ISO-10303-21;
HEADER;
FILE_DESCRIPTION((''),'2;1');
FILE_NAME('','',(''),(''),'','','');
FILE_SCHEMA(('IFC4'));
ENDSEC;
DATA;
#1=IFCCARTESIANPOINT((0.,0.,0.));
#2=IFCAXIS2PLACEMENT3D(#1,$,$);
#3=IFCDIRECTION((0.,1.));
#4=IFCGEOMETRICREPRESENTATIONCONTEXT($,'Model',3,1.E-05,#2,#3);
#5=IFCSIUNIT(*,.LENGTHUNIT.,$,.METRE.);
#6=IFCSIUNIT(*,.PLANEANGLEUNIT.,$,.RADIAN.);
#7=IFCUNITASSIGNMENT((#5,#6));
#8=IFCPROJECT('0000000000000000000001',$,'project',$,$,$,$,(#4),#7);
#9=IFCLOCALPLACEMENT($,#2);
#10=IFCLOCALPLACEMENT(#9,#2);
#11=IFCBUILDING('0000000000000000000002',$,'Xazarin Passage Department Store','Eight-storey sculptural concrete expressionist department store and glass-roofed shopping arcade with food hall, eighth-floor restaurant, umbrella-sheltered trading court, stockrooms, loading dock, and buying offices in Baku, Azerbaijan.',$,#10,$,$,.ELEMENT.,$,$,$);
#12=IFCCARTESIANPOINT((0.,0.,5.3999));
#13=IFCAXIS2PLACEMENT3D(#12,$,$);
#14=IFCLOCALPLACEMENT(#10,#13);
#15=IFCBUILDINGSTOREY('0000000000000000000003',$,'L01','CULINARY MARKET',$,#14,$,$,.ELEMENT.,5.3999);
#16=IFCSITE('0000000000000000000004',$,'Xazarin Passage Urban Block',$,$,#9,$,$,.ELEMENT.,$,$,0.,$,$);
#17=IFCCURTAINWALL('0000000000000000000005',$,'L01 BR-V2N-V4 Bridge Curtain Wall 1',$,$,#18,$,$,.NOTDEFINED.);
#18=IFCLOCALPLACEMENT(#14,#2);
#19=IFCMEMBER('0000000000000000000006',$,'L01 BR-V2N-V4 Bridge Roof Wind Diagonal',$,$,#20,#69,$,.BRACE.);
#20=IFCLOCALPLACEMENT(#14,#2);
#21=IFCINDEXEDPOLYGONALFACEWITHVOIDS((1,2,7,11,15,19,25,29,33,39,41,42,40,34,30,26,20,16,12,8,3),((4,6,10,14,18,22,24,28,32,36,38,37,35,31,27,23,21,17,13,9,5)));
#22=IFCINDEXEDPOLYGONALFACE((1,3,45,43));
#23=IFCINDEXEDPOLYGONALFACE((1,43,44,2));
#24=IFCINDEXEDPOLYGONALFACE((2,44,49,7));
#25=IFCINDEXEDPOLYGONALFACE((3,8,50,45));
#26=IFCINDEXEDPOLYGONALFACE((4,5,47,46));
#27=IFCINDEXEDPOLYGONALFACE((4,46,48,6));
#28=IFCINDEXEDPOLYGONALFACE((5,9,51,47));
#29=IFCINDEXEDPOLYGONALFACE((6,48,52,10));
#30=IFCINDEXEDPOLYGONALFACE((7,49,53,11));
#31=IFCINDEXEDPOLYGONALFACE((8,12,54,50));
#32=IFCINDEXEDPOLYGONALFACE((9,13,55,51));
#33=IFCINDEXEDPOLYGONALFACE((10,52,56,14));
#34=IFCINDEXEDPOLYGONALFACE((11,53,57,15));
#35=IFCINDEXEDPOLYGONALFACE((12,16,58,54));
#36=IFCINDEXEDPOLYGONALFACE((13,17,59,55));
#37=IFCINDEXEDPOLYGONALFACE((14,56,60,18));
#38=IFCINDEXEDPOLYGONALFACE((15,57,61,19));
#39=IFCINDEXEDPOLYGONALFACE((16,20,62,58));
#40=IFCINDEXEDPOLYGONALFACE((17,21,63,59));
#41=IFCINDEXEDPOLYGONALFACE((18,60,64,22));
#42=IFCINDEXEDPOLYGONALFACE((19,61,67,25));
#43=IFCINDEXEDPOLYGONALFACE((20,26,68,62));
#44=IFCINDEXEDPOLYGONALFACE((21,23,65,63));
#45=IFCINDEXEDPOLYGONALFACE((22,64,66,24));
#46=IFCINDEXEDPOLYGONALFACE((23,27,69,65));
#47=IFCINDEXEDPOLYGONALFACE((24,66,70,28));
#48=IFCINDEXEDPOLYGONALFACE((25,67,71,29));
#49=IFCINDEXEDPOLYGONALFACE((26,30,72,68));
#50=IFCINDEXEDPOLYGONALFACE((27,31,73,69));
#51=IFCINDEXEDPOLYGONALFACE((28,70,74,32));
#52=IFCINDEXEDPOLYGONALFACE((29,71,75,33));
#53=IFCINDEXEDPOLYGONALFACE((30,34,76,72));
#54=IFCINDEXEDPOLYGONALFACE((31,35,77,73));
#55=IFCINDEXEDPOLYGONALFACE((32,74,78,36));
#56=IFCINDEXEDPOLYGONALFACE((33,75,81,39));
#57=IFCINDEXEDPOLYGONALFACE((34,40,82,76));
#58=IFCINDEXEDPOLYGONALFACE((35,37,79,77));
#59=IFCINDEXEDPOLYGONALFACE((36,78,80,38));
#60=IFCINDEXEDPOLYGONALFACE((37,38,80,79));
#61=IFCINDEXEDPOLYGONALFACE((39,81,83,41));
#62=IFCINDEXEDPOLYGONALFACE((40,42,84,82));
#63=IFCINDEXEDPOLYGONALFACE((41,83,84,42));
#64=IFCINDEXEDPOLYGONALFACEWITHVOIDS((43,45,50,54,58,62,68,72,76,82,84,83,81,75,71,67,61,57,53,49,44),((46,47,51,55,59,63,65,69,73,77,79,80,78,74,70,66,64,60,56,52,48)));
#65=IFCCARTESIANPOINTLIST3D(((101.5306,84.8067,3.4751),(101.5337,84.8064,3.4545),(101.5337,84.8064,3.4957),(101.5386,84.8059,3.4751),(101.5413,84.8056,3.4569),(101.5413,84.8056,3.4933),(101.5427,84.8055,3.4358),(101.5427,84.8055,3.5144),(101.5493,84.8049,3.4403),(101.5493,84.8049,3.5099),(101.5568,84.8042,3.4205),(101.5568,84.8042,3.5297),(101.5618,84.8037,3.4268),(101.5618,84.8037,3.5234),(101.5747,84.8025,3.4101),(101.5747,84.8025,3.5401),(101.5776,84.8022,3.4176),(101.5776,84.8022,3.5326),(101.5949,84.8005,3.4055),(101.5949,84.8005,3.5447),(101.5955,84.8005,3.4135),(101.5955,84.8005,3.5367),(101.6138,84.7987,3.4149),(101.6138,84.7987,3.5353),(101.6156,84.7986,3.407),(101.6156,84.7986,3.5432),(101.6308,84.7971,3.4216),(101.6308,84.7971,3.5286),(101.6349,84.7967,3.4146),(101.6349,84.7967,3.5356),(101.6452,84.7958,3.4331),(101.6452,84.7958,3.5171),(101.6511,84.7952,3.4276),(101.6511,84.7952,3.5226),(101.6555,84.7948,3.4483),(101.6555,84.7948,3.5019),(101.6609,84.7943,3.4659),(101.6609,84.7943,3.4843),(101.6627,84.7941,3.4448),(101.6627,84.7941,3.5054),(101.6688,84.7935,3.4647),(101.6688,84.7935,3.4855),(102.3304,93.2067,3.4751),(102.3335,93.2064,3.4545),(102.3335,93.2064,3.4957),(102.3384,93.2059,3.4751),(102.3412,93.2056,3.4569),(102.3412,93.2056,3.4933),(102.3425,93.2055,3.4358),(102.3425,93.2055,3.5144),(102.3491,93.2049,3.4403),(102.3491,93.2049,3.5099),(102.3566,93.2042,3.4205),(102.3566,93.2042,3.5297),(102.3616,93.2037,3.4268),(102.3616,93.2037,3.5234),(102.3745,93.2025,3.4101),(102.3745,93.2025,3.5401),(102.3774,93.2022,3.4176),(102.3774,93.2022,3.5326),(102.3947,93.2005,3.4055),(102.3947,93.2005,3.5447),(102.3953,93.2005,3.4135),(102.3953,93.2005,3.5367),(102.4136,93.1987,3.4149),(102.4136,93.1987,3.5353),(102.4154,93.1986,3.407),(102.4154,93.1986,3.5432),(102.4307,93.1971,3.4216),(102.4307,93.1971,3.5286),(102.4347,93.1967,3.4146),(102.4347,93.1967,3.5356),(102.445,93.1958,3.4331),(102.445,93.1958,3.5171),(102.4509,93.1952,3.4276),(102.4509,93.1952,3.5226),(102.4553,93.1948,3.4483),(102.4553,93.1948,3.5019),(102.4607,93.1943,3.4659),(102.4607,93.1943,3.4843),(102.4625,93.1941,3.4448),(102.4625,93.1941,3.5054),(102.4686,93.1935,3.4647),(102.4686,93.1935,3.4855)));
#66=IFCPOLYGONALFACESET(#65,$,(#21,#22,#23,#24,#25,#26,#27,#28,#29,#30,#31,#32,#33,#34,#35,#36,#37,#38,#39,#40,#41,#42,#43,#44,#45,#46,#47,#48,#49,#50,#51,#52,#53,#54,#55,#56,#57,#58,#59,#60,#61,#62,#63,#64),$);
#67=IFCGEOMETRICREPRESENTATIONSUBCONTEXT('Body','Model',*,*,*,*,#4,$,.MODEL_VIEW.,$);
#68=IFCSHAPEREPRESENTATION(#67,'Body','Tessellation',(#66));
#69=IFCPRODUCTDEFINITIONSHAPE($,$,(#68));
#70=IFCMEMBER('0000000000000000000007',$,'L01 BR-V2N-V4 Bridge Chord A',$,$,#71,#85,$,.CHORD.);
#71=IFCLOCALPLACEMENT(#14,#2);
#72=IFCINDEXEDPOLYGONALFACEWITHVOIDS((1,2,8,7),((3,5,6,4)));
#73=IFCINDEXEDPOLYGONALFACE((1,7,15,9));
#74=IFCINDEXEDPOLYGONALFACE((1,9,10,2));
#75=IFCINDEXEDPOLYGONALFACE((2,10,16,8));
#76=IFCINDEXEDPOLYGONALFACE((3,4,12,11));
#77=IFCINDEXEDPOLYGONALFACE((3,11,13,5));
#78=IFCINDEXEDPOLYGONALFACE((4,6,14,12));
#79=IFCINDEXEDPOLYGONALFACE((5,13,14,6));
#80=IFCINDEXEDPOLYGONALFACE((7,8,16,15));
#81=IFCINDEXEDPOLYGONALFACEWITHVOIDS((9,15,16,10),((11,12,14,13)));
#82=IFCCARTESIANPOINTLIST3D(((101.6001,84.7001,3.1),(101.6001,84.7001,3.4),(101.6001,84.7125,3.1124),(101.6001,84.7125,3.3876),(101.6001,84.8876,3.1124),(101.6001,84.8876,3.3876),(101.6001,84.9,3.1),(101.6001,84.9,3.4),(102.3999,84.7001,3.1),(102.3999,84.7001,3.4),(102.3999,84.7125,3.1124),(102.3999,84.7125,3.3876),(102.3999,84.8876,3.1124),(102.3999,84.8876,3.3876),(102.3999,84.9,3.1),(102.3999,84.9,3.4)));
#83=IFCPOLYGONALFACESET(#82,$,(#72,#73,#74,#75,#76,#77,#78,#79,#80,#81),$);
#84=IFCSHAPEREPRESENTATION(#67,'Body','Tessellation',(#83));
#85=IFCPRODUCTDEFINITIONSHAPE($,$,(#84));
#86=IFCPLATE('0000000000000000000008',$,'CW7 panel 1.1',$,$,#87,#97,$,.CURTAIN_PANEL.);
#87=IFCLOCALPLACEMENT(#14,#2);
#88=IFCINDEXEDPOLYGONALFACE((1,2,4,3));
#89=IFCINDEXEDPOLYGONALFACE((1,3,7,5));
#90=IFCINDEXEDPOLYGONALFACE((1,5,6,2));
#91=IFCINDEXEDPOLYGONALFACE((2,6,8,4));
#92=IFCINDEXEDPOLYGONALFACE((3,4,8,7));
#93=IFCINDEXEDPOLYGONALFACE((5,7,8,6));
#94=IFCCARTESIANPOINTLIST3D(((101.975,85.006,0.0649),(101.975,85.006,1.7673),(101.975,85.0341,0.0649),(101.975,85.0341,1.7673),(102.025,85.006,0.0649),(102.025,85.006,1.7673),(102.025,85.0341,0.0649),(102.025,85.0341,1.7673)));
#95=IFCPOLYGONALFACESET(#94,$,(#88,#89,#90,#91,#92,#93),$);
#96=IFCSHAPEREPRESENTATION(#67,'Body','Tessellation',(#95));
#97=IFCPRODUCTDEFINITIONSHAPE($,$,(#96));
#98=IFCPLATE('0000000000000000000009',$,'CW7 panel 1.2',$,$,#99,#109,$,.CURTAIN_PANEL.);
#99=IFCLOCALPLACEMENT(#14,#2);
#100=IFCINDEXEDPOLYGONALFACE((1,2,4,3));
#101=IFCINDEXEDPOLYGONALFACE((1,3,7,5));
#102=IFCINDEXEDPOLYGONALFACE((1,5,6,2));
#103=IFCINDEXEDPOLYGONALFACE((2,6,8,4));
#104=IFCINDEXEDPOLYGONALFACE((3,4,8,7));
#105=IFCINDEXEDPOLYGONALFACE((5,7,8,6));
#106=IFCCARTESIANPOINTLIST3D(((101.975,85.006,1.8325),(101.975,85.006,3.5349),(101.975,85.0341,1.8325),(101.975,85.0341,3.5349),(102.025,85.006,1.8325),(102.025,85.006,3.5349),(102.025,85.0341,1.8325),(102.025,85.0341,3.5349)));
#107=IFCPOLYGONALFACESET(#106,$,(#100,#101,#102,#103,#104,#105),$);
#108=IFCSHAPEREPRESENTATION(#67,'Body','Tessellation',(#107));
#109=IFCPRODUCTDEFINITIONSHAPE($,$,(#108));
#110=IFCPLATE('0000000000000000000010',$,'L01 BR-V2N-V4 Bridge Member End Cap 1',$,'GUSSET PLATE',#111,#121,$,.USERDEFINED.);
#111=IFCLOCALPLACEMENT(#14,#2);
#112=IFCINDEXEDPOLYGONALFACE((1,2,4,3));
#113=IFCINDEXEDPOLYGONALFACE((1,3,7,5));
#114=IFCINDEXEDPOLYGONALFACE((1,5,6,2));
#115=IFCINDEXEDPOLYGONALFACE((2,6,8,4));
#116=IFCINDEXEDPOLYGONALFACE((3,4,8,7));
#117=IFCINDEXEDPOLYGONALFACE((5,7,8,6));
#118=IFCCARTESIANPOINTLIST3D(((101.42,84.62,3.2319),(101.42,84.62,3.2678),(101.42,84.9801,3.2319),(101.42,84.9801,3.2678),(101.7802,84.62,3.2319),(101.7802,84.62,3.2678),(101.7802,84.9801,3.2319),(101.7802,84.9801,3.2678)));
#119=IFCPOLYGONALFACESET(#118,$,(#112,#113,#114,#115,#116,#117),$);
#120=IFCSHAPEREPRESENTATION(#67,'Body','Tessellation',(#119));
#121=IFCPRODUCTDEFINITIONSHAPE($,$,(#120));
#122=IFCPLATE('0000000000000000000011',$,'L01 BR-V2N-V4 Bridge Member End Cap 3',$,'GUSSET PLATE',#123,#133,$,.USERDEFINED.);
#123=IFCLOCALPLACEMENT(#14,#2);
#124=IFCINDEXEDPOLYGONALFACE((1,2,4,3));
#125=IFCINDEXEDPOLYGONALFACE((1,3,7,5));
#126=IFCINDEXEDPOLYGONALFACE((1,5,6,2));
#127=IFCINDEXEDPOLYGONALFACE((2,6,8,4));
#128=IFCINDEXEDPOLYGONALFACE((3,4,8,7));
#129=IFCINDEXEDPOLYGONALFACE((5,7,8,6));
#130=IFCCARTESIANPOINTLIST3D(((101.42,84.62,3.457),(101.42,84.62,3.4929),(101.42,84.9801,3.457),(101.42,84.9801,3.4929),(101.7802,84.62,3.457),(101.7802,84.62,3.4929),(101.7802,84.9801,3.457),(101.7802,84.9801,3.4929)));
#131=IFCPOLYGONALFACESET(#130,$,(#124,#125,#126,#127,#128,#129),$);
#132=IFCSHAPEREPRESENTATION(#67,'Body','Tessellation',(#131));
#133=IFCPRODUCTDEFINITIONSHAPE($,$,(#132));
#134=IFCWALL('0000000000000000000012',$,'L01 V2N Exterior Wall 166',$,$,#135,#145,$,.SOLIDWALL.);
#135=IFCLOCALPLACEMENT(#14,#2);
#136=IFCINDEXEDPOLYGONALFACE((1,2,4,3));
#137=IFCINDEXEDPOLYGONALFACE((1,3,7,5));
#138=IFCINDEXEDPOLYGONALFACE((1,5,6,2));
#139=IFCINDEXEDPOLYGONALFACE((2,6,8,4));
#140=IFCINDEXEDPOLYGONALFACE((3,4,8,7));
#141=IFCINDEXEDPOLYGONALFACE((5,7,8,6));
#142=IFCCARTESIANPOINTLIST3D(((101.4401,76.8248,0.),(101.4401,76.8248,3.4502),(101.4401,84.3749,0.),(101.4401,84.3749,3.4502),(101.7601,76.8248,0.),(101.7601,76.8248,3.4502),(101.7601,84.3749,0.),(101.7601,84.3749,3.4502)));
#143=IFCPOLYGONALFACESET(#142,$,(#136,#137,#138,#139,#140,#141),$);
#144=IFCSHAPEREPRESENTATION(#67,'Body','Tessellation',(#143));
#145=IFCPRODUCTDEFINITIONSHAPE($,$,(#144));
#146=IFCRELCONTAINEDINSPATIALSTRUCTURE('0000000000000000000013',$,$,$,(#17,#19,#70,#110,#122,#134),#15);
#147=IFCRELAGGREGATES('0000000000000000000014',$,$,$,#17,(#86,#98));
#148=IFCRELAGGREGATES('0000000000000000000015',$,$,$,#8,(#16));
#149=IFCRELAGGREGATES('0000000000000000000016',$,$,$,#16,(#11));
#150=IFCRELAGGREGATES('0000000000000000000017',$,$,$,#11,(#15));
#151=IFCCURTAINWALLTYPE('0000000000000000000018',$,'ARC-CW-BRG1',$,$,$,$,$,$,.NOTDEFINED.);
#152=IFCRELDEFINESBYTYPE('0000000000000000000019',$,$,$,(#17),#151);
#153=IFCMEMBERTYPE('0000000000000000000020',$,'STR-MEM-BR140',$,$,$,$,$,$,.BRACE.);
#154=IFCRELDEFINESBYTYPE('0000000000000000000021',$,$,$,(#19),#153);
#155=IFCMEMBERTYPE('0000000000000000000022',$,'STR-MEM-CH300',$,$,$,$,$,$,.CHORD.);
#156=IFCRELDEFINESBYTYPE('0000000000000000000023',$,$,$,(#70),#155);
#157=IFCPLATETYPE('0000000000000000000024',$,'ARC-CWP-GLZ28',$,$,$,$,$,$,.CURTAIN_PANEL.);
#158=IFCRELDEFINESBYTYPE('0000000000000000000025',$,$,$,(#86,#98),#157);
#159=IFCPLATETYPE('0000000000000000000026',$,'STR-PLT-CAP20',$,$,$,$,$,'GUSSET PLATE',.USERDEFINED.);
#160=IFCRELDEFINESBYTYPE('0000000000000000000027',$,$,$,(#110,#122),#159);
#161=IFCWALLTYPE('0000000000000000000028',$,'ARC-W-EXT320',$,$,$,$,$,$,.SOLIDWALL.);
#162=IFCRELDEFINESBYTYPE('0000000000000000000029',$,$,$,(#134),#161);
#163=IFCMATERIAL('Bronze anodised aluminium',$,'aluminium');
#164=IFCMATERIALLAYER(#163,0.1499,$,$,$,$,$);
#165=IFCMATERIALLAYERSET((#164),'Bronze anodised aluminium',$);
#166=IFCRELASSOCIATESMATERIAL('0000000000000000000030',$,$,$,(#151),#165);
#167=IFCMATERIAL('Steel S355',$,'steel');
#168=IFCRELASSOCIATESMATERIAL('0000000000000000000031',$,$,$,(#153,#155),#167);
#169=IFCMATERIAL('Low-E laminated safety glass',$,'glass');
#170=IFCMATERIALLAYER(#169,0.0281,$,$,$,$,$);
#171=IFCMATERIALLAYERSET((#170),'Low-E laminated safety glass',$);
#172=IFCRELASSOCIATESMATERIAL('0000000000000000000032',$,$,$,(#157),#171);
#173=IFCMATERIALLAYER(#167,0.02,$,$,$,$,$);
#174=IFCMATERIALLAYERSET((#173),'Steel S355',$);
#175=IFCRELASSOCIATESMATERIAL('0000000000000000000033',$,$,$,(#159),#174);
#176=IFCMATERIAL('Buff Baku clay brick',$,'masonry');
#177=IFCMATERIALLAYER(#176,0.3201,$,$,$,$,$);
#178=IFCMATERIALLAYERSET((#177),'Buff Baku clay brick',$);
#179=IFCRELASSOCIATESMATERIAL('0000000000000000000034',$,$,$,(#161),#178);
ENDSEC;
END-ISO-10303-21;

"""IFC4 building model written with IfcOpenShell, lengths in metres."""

from ifc_helpers import new_model, si_unit, direction, frame, frame_2d, origin, origin_2d, place, context, subcontext, project, spatial, rectangle, hollow_rectangle, hollow_circle, extrude, material, layer, layer_set, material_profile, profile_set, type_object, element, aggregate, save


model = new_model("IFC4")

# Units and contexts
model_context = context("Model", 3, precision=1e-05, world=origin(), true_north=direction((0.0, 1.0)))
body_context = subcontext(model_context, "Body", "Model", "MODEL_VIEW")
ifc_project = project(units=[si_unit("LENGTHUNIT", "METRE"), si_unit("PLANEANGLEUNIT", "RADIAN")], contexts=[model_context])

# Site, building, storey
site_placement = place(None, origin())
site = spatial("IfcSite", under=ifc_project, at=site_placement, Name="Xazarin Passage Urban Block", CompositionType="ELEMENT", RefElevation=0.0)
building_placement = place(site_placement, origin())
building = spatial("IfcBuilding", under=site, at=building_placement, Name="Xazarin Passage Department Store", Description="Eight-storey sculptural concrete expressionist department store and glass-roofed shopping arcade with food hall, eighth-floor restaurant, umbrella-sheltered trading court, stockrooms, loading dock, and buying offices in Baku, Azerbaijan.", CompositionType="ELEMENT")
storey_placement = place(building_placement, frame((0.0, 0.0, 5.3999)))
storey = spatial("IfcBuildingStorey", under=building, at=storey_placement, Name="L01", Description="CULINARY MARKET", CompositionType="ELEMENT", Elevation=5.3999)

# Curtain wall
ifc_material_1 = material(Name="Bronze anodised aluminium", Category="aluminium")
ifc_layer_1 = layer(ifc_material_1, 0.1499)
ifc_layer_set_1 = layer_set([ifc_layer_1], Name="Bronze anodised aluminium")
curtain_wall_type = type_object("IfcCurtainWallType", Name="ARC-CW-BRG1", PredefinedType="NOTDEFINED", material=ifc_layer_set_1)
curtain_wall_placement = place(storey_placement, origin())
curtain_wall = element("IfcCurtainWall", 1, at=curtain_wall_placement, inside=storey, type_object=curtain_wall_type, Name="L01 BR-V2N-V4 Bridge Curtain Wall 1", PredefinedType="NOTDEFINED")

# Shared definitions
ifc_material_2 = material(Name="Steel S355", Category="steel")

# Members
ifc_material_profile_1 = material_profile(ifc_material_2, hollow_circle(Radius=0.0698, WallThickness=0.0081, at=origin_2d()), Name="CHS 139.7x8")
ifc_profile_set_1 = profile_set([ifc_material_profile_1], Name="Steel S355")
member_type_1 = type_object("IfcMemberType", Name="STR-MEM-BR140", PredefinedType="BRACE", material=ifc_profile_set_1)
member_1_placement = place(storey_placement, frame((101.6001, 84.8, 3.4751), z_axis=(0.094787, 0.995498, 0.0), x_axis=(-0.995498, 0.094787, 0.0)))
element("IfcMember", 2, at=member_1_placement, inside=storey, type_object=member_type_1, Name="L01 BR-V2N-V4 Bridge Roof Wind Diagonal", PredefinedType="BRACE", context=body_context, shape_type="SweptSolid", body=[
    extrude(hollow_circle(Radius=0.0698, WallThickness=0.0081, at=origin_2d()), origin(), (0.0, 0.0, 1.0), 8.438),
])
ifc_material_profile_2 = material_profile(ifc_material_2, hollow_rectangle(XDim=0.2, YDim=0.3, WallThickness=0.0125, at=origin_2d()), Name="RHS 300x200x12.5")
ifc_profile_set_2 = profile_set([ifc_material_profile_2], Name="Steel S355")
member_type_2 = type_object("IfcMemberType", Name="STR-MEM-CH300", PredefinedType="CHORD", material=ifc_profile_set_2)
member_2_placement = place(storey_placement, frame((101.6001, 84.8, 3.25), z_axis=(1.0, 0.0, 0.0), x_axis=(0.0, 1.0, 0.0)))
element("IfcMember", 3, at=member_2_placement, inside=storey, type_object=member_type_2, Name="L01 BR-V2N-V4 Bridge Chord A", PredefinedType="CHORD", context=body_context, shape_type="SweptSolid", body=[
    extrude(hollow_rectangle(XDim=0.2, YDim=0.3, WallThickness=0.0125, at=origin_2d()), origin(), (0.0, 0.0, 1.0), 0.7998),
])

# Plates
ifc_material_3 = material(Name="Low-E laminated safety glass", Category="glass")
ifc_layer_2 = layer(ifc_material_3, 0.0281)
ifc_layer_set_2 = layer_set([ifc_layer_2], Name="Low-E laminated safety glass")
plate_type_1 = type_object("IfcPlateType", Name="ARC-CWP-GLZ28", PredefinedType="CURTAIN_PANEL", material=ifc_layer_set_2)
plate_1_placement = place(storey_placement, frame((102.0, 85.02, 0.0649), z_axis=(0.0, 0.0, 1.0), x_axis=(1.0, 0.0, 0.0)))
plate_1 = element("IfcPlate", 4, at=plate_1_placement, type_object=plate_type_1, Name="CW7 panel 1.1", PredefinedType="CURTAIN_PANEL", context=body_context, shape_type="SweptSolid", body=[
    extrude(rectangle(XDim=0.05, YDim=0.0281, at=origin_2d()), origin(), (0.0, 0.0, 1.0), 1.7024),
])
plate_2_placement = place(storey_placement, frame((102.0, 85.02, 1.8325), z_axis=(0.0, 0.0, 1.0), x_axis=(1.0, 0.0, 0.0)))
plate_2 = element("IfcPlate", 5, at=plate_2_placement, type_object=plate_type_1, Name="CW7 panel 1.2", PredefinedType="CURTAIN_PANEL", context=body_context, shape_type="SweptSolid", body=[
    extrude(rectangle(XDim=0.05, YDim=0.0281, at=origin_2d()), origin(), (0.0, 0.0, 1.0), 1.7024),
])
aggregate(curtain_wall, [plate_1, plate_2])

# Plates
ifc_layer_3 = layer(ifc_material_2, 0.02)
ifc_layer_set_3 = layer_set([ifc_layer_3], Name="Steel S355")
plate_type_2 = type_object("IfcPlateType", Name="STR-PLT-CAP20", ElementType="GUSSET PLATE", PredefinedType="USERDEFINED", material=ifc_layer_set_3)
for number, where, z_axis, x_axis, name in (
    (6, (101.6001, 84.8, 3.2319), (0.0, 0.0, 1.0), (1.0, 0.0, 0.0), "L01 BR-V2N-V4 Bridge Member End Cap 1"),
    (7, (101.6001, 84.8, 3.457), (0.0, 0.0, 1.0), (1.0, 0.0, 0.0), "L01 BR-V2N-V4 Bridge Member End Cap 3"),
):
    element("IfcPlate", number, at=place(storey_placement, frame(where, z_axis=z_axis, x_axis=x_axis)), inside=storey, type_object=plate_type_2, Name=name, ObjectType="GUSSET PLATE", PredefinedType="USERDEFINED", context=body_context, shape_type="SweptSolid", body=[
        extrude(rectangle(XDim=0.3601, YDim=0.3601, at=origin_2d()), origin(), (0.0, 0.0, 1.0), 0.0359),
    ])

# Wall
ifc_material_4 = material(Name="Buff Baku clay brick", Category="masonry")
ifc_layer_4 = layer(ifc_material_4, 0.3201)
ifc_layer_set_4 = layer_set([ifc_layer_4], Name="Buff Baku clay brick")
wall_type = type_object("IfcWallType", Name="ARC-W-EXT320", PredefinedType="SOLIDWALL", material=ifc_layer_set_4)
wall_placement = place(storey_placement, frame((101.6001, 76.825, 0.0), z_axis=(0.0, 0.0, 1.0), x_axis=(0.0, 1.0, 0.0)))
element("IfcWall", 8, at=wall_placement, inside=storey, type_object=wall_type, Name="L01 V2N Exterior Wall 166", PredefinedType="SOLIDWALL", context=body_context, shape_type="SweptSolid", body=[
    extrude(rectangle(XDim=7.55, YDim=0.3201, at=frame_2d((3.7749, 0.0))), origin(), (0.0, 0.0, 1.0), 3.4502),
])

save(model, "model.ifc")
